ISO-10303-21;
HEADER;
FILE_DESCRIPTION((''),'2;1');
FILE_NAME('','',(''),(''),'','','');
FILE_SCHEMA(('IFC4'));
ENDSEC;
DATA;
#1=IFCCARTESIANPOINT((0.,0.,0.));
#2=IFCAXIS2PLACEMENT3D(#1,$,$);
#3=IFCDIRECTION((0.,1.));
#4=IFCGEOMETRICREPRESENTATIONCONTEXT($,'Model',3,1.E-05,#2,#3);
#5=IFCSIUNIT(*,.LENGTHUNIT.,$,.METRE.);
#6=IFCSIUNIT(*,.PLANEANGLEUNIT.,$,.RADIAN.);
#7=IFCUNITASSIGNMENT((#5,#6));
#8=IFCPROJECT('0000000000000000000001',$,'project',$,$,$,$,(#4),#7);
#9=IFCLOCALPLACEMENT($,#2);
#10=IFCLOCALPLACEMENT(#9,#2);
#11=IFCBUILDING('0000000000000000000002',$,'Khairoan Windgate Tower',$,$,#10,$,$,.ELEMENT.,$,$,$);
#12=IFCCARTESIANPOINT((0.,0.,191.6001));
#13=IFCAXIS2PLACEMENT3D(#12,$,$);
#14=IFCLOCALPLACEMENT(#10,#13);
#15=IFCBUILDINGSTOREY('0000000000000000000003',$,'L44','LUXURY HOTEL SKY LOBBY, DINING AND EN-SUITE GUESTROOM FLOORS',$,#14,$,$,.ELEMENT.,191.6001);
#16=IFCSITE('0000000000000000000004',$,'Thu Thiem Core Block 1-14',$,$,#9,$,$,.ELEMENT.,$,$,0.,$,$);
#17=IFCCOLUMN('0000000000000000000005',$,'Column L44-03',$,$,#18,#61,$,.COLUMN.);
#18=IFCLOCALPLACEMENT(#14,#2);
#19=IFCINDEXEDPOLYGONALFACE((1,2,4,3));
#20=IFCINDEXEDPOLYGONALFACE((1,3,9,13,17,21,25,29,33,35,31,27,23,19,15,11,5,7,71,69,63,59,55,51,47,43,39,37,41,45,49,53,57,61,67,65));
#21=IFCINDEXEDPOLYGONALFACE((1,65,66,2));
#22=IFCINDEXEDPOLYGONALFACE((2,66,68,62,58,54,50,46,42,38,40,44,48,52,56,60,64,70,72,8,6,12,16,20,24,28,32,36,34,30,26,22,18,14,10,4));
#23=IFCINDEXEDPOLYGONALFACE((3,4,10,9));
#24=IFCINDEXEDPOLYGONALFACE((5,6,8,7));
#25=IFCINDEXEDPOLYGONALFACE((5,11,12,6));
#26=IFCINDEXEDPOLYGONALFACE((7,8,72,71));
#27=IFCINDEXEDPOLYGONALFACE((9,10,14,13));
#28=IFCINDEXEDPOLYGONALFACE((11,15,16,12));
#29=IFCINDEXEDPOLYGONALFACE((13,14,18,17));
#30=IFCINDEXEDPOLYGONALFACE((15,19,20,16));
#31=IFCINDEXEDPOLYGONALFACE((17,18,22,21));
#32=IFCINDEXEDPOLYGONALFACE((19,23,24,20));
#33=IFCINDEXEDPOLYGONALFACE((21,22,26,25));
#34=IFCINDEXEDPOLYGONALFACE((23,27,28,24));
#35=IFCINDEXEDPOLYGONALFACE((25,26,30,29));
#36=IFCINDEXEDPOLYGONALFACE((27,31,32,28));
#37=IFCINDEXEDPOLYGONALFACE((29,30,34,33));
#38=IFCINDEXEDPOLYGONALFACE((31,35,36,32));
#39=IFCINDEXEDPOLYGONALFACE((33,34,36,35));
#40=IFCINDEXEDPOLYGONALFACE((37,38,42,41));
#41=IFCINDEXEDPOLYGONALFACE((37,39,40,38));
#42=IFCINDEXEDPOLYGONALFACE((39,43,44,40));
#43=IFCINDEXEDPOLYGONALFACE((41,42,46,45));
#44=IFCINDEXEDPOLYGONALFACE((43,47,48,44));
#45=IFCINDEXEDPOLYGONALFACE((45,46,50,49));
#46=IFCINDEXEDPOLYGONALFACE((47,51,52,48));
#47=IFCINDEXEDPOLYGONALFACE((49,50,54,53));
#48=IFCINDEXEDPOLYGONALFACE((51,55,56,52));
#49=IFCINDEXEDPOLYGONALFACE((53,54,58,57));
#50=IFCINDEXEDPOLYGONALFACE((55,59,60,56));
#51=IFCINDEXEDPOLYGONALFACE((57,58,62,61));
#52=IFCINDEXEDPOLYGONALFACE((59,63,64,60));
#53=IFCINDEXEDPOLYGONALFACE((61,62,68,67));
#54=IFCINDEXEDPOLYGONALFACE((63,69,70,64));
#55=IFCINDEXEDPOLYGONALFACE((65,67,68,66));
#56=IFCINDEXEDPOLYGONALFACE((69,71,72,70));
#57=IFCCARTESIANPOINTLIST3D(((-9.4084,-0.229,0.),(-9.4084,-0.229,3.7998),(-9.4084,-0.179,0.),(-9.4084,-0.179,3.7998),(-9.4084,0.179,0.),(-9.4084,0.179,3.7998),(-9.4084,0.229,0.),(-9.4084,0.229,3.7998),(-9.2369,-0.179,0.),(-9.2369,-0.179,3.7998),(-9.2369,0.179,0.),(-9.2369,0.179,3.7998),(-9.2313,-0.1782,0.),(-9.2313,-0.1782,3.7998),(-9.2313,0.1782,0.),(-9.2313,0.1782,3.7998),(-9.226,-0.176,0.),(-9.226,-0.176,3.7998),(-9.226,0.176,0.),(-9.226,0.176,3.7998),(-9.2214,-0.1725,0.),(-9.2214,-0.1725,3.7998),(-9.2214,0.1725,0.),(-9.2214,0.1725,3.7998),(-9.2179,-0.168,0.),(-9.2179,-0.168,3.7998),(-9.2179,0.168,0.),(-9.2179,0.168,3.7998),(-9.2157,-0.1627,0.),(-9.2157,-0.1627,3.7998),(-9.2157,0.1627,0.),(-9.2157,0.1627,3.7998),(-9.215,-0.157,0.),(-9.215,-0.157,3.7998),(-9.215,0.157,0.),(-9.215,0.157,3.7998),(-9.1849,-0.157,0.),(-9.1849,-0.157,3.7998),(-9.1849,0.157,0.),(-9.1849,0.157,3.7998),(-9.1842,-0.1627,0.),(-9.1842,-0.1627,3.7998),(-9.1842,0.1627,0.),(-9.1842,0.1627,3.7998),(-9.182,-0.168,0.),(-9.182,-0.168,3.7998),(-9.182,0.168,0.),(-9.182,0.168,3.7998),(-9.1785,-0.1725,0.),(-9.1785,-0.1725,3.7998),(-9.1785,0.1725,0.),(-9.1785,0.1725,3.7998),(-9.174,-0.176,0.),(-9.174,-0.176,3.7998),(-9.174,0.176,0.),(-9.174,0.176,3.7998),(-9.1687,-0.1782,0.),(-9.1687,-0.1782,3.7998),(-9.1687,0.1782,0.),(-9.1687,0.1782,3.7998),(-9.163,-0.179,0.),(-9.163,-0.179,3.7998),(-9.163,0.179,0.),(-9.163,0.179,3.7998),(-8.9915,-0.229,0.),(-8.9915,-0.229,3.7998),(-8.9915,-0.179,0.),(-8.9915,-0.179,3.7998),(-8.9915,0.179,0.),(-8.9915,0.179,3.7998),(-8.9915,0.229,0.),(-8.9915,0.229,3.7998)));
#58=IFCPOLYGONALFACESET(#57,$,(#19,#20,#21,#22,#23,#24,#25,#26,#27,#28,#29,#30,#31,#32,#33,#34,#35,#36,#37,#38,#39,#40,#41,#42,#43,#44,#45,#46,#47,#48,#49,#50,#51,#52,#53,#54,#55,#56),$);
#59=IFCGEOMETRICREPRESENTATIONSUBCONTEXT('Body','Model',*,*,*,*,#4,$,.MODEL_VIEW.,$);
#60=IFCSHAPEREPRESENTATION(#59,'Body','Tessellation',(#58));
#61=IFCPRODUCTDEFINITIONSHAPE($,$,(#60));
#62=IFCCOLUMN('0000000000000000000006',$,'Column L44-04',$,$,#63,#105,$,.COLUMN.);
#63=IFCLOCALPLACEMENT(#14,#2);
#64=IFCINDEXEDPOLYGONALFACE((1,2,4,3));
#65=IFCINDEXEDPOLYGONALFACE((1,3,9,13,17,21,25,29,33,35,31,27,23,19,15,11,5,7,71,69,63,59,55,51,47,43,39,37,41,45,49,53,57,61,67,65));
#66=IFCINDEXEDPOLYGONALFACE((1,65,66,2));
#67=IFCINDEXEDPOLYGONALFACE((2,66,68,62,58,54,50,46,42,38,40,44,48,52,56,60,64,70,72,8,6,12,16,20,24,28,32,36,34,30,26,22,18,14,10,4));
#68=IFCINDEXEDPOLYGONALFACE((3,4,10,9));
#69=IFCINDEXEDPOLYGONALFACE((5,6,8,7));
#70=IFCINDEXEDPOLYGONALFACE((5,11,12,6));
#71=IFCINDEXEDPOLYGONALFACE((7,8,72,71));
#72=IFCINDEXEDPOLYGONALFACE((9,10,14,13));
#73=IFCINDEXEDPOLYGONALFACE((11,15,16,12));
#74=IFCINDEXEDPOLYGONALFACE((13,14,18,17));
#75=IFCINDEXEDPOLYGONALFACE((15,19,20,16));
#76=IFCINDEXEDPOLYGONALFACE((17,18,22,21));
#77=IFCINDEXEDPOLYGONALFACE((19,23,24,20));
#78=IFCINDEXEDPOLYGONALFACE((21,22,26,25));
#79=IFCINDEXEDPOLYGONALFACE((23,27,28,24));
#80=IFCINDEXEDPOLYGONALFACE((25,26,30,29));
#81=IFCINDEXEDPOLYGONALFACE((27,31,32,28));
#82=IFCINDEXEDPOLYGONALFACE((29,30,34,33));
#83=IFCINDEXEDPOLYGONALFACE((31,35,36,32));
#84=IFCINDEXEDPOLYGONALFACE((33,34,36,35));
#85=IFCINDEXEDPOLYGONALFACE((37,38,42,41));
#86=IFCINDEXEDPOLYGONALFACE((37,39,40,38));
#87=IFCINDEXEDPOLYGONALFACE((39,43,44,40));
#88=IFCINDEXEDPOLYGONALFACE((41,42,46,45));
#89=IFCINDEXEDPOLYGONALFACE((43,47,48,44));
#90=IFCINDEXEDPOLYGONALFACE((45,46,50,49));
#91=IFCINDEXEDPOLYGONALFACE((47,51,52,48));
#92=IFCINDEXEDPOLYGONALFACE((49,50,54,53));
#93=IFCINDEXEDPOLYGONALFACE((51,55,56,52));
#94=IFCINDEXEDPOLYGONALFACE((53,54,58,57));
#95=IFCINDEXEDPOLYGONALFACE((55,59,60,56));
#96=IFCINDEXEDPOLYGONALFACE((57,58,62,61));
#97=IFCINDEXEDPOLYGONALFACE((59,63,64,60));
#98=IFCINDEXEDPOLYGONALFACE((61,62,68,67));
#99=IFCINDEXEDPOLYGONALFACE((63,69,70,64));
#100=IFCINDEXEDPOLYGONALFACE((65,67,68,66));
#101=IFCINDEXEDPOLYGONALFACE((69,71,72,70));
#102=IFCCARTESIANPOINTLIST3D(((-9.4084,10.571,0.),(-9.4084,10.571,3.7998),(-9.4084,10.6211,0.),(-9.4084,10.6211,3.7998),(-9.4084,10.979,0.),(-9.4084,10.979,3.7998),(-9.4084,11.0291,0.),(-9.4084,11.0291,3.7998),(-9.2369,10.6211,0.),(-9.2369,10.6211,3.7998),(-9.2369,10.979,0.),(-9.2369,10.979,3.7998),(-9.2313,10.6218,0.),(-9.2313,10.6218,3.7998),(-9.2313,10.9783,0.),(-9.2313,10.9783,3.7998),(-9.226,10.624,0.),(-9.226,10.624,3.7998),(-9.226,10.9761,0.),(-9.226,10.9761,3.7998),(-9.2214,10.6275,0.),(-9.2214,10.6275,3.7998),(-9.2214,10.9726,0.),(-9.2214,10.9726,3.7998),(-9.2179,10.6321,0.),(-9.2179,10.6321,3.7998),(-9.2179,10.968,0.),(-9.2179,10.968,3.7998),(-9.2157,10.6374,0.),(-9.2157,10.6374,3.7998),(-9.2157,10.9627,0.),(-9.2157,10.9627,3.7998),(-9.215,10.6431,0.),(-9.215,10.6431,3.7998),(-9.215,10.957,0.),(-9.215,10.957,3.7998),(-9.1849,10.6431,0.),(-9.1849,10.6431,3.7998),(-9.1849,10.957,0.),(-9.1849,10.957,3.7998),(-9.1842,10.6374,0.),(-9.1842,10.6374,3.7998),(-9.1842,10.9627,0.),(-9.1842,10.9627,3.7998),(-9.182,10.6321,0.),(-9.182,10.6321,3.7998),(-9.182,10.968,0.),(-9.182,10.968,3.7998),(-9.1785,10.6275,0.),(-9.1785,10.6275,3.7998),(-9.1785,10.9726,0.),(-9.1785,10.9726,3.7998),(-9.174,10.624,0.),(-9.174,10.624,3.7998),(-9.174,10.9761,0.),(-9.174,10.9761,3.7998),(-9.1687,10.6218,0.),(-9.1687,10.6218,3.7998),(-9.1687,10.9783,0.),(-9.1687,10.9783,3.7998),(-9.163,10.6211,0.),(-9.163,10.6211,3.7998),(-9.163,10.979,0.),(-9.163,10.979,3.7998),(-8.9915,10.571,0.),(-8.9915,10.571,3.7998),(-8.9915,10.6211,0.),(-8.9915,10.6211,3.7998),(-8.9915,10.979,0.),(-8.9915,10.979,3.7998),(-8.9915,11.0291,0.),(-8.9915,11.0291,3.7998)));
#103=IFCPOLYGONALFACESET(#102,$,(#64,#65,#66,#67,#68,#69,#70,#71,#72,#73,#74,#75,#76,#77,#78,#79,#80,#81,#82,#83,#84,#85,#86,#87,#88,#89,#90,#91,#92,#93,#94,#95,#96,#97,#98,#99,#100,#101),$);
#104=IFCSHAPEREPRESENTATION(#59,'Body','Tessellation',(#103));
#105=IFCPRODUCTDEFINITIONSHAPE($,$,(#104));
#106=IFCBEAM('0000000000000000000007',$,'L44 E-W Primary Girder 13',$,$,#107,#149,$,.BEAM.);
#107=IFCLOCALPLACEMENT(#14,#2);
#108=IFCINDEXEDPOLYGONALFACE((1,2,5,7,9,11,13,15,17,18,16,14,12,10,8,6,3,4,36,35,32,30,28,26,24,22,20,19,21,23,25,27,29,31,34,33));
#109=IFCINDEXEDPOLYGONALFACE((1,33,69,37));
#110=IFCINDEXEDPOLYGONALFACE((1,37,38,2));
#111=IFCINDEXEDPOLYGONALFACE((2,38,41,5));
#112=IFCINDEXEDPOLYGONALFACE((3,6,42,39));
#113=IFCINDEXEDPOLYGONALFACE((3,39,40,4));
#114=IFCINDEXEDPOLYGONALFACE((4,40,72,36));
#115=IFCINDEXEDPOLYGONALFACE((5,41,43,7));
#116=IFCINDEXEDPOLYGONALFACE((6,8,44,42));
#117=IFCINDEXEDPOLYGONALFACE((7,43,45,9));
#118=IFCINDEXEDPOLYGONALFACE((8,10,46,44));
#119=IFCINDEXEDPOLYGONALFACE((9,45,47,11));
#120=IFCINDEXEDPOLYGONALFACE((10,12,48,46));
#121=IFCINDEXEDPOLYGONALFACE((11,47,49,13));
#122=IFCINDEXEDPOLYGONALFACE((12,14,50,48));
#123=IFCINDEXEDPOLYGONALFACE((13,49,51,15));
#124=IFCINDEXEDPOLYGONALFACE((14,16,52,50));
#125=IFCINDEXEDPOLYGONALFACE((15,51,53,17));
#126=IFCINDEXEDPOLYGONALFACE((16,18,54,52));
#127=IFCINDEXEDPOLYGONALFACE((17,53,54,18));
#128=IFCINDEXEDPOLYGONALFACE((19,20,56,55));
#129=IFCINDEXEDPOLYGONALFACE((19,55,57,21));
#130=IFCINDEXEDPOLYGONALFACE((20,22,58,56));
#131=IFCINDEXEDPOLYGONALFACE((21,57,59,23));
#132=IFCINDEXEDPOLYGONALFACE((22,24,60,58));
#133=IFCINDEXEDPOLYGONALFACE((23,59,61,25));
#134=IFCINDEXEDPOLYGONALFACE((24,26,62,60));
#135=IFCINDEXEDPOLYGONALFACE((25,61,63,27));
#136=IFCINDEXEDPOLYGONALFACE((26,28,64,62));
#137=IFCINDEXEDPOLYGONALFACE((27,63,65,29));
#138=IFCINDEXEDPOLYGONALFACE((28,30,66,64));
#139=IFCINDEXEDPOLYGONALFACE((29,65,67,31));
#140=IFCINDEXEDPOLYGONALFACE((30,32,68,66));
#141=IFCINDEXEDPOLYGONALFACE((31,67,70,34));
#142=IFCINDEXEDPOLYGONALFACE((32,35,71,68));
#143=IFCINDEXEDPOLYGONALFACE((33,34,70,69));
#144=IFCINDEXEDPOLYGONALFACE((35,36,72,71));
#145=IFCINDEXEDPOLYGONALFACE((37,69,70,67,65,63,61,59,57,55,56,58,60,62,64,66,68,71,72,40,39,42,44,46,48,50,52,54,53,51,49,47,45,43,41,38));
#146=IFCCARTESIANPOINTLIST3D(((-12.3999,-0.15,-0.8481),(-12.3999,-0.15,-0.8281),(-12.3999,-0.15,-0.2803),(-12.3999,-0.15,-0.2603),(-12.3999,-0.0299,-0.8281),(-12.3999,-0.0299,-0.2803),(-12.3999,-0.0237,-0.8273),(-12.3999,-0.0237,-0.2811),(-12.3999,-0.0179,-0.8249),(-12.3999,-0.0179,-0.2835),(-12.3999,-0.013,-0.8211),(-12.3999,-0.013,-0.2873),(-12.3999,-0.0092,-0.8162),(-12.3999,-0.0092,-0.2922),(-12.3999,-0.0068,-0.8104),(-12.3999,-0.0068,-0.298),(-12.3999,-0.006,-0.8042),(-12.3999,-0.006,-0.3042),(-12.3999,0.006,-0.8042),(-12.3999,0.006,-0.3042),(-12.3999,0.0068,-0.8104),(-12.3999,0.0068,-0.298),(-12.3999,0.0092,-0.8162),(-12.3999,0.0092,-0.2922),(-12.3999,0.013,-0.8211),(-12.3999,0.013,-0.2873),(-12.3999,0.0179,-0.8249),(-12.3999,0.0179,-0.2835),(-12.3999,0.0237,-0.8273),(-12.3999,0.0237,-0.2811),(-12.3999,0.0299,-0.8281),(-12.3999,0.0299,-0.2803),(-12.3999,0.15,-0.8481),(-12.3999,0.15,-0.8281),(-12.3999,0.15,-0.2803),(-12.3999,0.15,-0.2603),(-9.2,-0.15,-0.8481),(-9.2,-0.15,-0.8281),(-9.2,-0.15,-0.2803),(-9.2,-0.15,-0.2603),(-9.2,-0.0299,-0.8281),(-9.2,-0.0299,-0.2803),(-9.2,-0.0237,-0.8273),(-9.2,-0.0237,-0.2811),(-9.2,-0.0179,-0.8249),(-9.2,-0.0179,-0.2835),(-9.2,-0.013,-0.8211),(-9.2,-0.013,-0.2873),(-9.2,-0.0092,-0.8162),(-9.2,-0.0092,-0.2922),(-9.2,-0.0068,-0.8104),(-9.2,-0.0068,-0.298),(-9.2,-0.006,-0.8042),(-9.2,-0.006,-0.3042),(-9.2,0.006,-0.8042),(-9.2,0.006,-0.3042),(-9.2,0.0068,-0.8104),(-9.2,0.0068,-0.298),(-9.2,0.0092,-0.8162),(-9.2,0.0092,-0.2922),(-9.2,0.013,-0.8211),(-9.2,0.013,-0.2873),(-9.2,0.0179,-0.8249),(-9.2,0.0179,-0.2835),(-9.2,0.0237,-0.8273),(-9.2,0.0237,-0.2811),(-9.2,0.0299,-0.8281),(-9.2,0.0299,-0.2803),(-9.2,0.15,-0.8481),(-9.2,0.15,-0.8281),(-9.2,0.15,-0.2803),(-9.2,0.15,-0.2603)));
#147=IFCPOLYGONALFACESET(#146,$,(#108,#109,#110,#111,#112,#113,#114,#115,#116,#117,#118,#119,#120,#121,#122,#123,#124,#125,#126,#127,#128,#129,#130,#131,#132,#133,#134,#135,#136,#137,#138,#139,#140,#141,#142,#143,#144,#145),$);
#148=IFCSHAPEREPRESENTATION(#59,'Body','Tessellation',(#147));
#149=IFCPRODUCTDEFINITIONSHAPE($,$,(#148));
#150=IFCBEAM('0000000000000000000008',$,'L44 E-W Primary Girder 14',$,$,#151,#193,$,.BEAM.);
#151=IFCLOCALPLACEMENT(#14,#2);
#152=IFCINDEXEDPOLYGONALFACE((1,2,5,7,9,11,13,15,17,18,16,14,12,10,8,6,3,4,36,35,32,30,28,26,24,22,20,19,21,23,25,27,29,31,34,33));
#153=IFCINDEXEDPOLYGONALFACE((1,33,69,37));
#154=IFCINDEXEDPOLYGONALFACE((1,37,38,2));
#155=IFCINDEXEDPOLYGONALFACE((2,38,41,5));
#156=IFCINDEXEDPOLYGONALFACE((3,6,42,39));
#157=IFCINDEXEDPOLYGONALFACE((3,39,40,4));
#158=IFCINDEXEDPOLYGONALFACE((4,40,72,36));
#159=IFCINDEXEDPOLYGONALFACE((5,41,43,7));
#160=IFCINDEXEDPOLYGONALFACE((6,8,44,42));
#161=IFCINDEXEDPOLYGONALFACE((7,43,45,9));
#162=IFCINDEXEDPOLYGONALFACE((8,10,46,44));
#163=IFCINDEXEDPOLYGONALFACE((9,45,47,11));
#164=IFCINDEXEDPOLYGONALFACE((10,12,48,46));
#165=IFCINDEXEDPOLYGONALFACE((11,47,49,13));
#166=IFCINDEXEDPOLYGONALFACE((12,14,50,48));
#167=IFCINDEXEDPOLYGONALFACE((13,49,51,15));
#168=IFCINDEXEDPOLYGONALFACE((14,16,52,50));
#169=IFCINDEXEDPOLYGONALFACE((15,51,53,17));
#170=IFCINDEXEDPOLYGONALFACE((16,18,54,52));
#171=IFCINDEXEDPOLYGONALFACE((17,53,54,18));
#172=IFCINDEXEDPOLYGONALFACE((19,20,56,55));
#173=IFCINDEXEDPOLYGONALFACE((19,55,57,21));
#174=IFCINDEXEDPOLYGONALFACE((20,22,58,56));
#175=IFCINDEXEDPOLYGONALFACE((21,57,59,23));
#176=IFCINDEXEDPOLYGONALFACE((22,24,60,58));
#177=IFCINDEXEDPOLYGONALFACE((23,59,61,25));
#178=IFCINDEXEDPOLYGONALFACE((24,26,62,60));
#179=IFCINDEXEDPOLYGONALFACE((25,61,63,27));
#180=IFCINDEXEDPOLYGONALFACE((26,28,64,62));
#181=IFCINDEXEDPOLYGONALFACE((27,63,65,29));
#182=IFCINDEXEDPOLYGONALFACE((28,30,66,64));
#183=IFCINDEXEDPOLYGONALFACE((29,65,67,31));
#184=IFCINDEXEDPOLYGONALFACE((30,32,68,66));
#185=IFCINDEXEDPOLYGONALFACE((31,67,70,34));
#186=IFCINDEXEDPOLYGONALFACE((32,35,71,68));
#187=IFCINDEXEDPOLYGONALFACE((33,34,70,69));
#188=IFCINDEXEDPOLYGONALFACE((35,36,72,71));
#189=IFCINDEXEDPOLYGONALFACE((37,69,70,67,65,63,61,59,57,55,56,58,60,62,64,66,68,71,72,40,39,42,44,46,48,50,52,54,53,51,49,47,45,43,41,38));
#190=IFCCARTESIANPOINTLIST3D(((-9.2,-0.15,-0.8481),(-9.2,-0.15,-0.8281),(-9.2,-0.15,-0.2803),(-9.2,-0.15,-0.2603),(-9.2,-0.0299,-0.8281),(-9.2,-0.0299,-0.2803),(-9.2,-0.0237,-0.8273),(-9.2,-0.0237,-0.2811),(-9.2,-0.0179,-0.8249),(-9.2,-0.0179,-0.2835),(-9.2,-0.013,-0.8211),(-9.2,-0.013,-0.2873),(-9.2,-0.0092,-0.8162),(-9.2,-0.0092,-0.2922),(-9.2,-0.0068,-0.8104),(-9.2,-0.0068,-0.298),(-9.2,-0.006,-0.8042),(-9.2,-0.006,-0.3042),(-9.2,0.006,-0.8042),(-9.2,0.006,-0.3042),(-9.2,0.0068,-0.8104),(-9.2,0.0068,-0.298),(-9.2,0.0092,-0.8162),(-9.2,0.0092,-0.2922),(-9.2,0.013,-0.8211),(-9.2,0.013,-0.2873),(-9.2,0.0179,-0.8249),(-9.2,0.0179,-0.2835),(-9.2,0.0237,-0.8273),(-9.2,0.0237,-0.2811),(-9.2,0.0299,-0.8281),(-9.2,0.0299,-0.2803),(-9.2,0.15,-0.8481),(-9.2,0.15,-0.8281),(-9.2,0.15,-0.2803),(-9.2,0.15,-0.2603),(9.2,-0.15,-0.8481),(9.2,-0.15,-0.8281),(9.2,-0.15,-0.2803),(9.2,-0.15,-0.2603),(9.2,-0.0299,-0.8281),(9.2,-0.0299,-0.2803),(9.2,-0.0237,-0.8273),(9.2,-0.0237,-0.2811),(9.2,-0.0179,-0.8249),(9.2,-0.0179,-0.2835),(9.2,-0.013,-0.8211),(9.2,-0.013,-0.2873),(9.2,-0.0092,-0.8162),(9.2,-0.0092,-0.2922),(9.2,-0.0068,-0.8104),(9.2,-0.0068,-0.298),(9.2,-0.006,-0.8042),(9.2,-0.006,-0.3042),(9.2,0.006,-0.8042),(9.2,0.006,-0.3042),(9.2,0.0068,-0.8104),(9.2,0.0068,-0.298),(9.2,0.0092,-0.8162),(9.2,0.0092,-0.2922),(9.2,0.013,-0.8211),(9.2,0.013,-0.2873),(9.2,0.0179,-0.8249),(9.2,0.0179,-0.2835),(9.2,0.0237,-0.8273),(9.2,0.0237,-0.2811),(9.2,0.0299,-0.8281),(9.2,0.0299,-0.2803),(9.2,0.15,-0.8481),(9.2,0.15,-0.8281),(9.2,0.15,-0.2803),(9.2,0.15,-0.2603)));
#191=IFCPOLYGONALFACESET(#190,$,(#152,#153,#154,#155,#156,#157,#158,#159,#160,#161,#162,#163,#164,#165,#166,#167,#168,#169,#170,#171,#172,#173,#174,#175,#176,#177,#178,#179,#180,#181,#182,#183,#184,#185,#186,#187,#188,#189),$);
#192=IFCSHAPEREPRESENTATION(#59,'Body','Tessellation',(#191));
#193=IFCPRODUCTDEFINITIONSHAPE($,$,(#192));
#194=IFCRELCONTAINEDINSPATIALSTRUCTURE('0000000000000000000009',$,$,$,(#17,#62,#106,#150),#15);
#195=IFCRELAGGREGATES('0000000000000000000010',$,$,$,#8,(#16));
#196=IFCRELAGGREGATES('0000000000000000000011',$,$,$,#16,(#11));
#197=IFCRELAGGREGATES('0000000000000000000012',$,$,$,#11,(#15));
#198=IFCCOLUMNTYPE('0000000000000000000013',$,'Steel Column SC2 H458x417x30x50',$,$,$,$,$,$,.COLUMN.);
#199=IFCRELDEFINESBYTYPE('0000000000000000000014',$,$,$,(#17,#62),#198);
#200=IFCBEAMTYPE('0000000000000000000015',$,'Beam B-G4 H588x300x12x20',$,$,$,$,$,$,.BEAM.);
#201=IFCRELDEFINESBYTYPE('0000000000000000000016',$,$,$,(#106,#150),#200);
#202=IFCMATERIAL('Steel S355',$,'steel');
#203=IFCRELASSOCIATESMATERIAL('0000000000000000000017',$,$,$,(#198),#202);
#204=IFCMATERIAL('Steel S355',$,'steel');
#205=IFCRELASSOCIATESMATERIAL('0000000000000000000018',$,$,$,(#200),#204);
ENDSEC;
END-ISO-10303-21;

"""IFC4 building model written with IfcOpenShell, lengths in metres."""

from ifc_helpers import new_model, si_unit, direction, frame, origin, origin_2d, place, context, subcontext, project, spatial, i_section, extrude, material, material_profile, profile_set, type_object, element, save


model = new_model("IFC4")

# Units and contexts
model_context = context("Model", 3, precision=1e-05, world=origin(), true_north=direction((0.0, 1.0)))
body_context = subcontext(model_context, "Body", "Model", "MODEL_VIEW")
ifc_project = project(units=[si_unit("LENGTHUNIT", "METRE"), si_unit("PLANEANGLEUNIT", "RADIAN")], contexts=[model_context])

# Site, building, storey
site_placement = place(None, origin())
site = spatial("IfcSite", under=ifc_project, at=site_placement, Name="Thu Thiem Core Block 1-14", CompositionType="ELEMENT", RefElevation=0.0)
building_placement = place(site_placement, origin())
building = spatial("IfcBuilding", under=site, at=building_placement, Name="Khairoan Windgate Tower", CompositionType="ELEMENT")
storey_placement = place(building_placement, frame((0.0, 0.0, 191.6001)))
storey = spatial("IfcBuildingStorey", under=building, at=storey_placement, Name="L44", Description="LUXURY HOTEL SKY LOBBY, DINING AND EN-SUITE GUESTROOM FLOORS", CompositionType="ELEMENT", Elevation=191.6001)

# Columns
ifc_material_1 = material(Name="Steel S355", Category="steel")
ifc_material_profile_1 = material_profile(ifc_material_1, i_section(OverallWidth=0.417, OverallDepth=0.458, WebThickness=0.03, FlangeThickness=0.05, FilletRadius=0.022, at=origin_2d()))
ifc_profile_set_1 = profile_set([ifc_material_profile_1], Name="Steel S355")
column_type = type_object("IfcColumnType", Name="Steel Column SC2 H458x417x30x50", PredefinedType="COLUMN", material=ifc_profile_set_1)
for number, where, z_axis, x_axis, name in (
    (1, (-9.2, 0.0, 0.0), (0.0, 0.0, 1.0), (1.0, 0.0, 0.0), "Column L44-03"),
    (2, (-9.2, 10.8, 0.0), (0.0, 0.0, 1.0), (1.0, 0.0, 0.0), "Column L44-04"),
):
    element("IfcColumn", number, at=place(storey_placement, frame(where, z_axis=z_axis, x_axis=x_axis)), inside=storey, type_object=column_type, Name=name, PredefinedType="COLUMN", context=body_context, shape_type="SweptSolid", body=[
        extrude(i_section(OverallWidth=0.417, OverallDepth=0.458, WebThickness=0.03, FlangeThickness=0.05, FilletRadius=0.022, at=origin_2d()), origin(), (0.0, 0.0, 1.0), 3.7998),
    ])

# Beams
ifc_material_2 = material(Name="Steel S355", Category="steel")
ifc_material_profile_2 = material_profile(ifc_material_2, i_section(OverallWidth=0.3, OverallDepth=0.5879, WebThickness=0.012, FlangeThickness=0.02, FilletRadius=0.0239, at=origin_2d()))
ifc_profile_set_2 = profile_set([ifc_material_profile_2], Name="Steel S355")
beam_type_1 = type_object("IfcBeamType", Name="Beam B-G4 H588x300x12x20", PredefinedType="BEAM", material=ifc_profile_set_2)
beam_1_placement = place(storey_placement, frame((-12.3999, 0.0, -0.5542), z_axis=(1.0, 0.0, 0.0), x_axis=(0.0, 1.0, 0.0)))
element("IfcBeam", 3, at=beam_1_placement, inside=storey, type_object=beam_type_1, Name="L44 E-W Primary Girder 13", PredefinedType="BEAM", context=body_context, shape_type="SweptSolid", body=[
    extrude(i_section(OverallWidth=0.3, OverallDepth=0.5879, WebThickness=0.012, FlangeThickness=0.02, FilletRadius=0.0239, at=origin_2d()), origin(), (0.0, 0.0, 1.0), 3.2),
])
beam_2_placement = place(storey_placement, frame((-9.2, 0.0, -0.5542), z_axis=(1.0, 0.0, 0.0), x_axis=(0.0, 1.0, 0.0)))
element("IfcBeam", 4, at=beam_2_placement, inside=storey, type_object=beam_type_1, Name="L44 E-W Primary Girder 14", PredefinedType="BEAM", context=body_context, shape_type="SweptSolid", body=[
    extrude(i_section(OverallWidth=0.3, OverallDepth=0.5879, WebThickness=0.012, FlangeThickness=0.02, FilletRadius=0.0239, at=origin_2d()), origin(), (0.0, 0.0, 1.0), 18.3999),
])

save(model, "model.ifc")
